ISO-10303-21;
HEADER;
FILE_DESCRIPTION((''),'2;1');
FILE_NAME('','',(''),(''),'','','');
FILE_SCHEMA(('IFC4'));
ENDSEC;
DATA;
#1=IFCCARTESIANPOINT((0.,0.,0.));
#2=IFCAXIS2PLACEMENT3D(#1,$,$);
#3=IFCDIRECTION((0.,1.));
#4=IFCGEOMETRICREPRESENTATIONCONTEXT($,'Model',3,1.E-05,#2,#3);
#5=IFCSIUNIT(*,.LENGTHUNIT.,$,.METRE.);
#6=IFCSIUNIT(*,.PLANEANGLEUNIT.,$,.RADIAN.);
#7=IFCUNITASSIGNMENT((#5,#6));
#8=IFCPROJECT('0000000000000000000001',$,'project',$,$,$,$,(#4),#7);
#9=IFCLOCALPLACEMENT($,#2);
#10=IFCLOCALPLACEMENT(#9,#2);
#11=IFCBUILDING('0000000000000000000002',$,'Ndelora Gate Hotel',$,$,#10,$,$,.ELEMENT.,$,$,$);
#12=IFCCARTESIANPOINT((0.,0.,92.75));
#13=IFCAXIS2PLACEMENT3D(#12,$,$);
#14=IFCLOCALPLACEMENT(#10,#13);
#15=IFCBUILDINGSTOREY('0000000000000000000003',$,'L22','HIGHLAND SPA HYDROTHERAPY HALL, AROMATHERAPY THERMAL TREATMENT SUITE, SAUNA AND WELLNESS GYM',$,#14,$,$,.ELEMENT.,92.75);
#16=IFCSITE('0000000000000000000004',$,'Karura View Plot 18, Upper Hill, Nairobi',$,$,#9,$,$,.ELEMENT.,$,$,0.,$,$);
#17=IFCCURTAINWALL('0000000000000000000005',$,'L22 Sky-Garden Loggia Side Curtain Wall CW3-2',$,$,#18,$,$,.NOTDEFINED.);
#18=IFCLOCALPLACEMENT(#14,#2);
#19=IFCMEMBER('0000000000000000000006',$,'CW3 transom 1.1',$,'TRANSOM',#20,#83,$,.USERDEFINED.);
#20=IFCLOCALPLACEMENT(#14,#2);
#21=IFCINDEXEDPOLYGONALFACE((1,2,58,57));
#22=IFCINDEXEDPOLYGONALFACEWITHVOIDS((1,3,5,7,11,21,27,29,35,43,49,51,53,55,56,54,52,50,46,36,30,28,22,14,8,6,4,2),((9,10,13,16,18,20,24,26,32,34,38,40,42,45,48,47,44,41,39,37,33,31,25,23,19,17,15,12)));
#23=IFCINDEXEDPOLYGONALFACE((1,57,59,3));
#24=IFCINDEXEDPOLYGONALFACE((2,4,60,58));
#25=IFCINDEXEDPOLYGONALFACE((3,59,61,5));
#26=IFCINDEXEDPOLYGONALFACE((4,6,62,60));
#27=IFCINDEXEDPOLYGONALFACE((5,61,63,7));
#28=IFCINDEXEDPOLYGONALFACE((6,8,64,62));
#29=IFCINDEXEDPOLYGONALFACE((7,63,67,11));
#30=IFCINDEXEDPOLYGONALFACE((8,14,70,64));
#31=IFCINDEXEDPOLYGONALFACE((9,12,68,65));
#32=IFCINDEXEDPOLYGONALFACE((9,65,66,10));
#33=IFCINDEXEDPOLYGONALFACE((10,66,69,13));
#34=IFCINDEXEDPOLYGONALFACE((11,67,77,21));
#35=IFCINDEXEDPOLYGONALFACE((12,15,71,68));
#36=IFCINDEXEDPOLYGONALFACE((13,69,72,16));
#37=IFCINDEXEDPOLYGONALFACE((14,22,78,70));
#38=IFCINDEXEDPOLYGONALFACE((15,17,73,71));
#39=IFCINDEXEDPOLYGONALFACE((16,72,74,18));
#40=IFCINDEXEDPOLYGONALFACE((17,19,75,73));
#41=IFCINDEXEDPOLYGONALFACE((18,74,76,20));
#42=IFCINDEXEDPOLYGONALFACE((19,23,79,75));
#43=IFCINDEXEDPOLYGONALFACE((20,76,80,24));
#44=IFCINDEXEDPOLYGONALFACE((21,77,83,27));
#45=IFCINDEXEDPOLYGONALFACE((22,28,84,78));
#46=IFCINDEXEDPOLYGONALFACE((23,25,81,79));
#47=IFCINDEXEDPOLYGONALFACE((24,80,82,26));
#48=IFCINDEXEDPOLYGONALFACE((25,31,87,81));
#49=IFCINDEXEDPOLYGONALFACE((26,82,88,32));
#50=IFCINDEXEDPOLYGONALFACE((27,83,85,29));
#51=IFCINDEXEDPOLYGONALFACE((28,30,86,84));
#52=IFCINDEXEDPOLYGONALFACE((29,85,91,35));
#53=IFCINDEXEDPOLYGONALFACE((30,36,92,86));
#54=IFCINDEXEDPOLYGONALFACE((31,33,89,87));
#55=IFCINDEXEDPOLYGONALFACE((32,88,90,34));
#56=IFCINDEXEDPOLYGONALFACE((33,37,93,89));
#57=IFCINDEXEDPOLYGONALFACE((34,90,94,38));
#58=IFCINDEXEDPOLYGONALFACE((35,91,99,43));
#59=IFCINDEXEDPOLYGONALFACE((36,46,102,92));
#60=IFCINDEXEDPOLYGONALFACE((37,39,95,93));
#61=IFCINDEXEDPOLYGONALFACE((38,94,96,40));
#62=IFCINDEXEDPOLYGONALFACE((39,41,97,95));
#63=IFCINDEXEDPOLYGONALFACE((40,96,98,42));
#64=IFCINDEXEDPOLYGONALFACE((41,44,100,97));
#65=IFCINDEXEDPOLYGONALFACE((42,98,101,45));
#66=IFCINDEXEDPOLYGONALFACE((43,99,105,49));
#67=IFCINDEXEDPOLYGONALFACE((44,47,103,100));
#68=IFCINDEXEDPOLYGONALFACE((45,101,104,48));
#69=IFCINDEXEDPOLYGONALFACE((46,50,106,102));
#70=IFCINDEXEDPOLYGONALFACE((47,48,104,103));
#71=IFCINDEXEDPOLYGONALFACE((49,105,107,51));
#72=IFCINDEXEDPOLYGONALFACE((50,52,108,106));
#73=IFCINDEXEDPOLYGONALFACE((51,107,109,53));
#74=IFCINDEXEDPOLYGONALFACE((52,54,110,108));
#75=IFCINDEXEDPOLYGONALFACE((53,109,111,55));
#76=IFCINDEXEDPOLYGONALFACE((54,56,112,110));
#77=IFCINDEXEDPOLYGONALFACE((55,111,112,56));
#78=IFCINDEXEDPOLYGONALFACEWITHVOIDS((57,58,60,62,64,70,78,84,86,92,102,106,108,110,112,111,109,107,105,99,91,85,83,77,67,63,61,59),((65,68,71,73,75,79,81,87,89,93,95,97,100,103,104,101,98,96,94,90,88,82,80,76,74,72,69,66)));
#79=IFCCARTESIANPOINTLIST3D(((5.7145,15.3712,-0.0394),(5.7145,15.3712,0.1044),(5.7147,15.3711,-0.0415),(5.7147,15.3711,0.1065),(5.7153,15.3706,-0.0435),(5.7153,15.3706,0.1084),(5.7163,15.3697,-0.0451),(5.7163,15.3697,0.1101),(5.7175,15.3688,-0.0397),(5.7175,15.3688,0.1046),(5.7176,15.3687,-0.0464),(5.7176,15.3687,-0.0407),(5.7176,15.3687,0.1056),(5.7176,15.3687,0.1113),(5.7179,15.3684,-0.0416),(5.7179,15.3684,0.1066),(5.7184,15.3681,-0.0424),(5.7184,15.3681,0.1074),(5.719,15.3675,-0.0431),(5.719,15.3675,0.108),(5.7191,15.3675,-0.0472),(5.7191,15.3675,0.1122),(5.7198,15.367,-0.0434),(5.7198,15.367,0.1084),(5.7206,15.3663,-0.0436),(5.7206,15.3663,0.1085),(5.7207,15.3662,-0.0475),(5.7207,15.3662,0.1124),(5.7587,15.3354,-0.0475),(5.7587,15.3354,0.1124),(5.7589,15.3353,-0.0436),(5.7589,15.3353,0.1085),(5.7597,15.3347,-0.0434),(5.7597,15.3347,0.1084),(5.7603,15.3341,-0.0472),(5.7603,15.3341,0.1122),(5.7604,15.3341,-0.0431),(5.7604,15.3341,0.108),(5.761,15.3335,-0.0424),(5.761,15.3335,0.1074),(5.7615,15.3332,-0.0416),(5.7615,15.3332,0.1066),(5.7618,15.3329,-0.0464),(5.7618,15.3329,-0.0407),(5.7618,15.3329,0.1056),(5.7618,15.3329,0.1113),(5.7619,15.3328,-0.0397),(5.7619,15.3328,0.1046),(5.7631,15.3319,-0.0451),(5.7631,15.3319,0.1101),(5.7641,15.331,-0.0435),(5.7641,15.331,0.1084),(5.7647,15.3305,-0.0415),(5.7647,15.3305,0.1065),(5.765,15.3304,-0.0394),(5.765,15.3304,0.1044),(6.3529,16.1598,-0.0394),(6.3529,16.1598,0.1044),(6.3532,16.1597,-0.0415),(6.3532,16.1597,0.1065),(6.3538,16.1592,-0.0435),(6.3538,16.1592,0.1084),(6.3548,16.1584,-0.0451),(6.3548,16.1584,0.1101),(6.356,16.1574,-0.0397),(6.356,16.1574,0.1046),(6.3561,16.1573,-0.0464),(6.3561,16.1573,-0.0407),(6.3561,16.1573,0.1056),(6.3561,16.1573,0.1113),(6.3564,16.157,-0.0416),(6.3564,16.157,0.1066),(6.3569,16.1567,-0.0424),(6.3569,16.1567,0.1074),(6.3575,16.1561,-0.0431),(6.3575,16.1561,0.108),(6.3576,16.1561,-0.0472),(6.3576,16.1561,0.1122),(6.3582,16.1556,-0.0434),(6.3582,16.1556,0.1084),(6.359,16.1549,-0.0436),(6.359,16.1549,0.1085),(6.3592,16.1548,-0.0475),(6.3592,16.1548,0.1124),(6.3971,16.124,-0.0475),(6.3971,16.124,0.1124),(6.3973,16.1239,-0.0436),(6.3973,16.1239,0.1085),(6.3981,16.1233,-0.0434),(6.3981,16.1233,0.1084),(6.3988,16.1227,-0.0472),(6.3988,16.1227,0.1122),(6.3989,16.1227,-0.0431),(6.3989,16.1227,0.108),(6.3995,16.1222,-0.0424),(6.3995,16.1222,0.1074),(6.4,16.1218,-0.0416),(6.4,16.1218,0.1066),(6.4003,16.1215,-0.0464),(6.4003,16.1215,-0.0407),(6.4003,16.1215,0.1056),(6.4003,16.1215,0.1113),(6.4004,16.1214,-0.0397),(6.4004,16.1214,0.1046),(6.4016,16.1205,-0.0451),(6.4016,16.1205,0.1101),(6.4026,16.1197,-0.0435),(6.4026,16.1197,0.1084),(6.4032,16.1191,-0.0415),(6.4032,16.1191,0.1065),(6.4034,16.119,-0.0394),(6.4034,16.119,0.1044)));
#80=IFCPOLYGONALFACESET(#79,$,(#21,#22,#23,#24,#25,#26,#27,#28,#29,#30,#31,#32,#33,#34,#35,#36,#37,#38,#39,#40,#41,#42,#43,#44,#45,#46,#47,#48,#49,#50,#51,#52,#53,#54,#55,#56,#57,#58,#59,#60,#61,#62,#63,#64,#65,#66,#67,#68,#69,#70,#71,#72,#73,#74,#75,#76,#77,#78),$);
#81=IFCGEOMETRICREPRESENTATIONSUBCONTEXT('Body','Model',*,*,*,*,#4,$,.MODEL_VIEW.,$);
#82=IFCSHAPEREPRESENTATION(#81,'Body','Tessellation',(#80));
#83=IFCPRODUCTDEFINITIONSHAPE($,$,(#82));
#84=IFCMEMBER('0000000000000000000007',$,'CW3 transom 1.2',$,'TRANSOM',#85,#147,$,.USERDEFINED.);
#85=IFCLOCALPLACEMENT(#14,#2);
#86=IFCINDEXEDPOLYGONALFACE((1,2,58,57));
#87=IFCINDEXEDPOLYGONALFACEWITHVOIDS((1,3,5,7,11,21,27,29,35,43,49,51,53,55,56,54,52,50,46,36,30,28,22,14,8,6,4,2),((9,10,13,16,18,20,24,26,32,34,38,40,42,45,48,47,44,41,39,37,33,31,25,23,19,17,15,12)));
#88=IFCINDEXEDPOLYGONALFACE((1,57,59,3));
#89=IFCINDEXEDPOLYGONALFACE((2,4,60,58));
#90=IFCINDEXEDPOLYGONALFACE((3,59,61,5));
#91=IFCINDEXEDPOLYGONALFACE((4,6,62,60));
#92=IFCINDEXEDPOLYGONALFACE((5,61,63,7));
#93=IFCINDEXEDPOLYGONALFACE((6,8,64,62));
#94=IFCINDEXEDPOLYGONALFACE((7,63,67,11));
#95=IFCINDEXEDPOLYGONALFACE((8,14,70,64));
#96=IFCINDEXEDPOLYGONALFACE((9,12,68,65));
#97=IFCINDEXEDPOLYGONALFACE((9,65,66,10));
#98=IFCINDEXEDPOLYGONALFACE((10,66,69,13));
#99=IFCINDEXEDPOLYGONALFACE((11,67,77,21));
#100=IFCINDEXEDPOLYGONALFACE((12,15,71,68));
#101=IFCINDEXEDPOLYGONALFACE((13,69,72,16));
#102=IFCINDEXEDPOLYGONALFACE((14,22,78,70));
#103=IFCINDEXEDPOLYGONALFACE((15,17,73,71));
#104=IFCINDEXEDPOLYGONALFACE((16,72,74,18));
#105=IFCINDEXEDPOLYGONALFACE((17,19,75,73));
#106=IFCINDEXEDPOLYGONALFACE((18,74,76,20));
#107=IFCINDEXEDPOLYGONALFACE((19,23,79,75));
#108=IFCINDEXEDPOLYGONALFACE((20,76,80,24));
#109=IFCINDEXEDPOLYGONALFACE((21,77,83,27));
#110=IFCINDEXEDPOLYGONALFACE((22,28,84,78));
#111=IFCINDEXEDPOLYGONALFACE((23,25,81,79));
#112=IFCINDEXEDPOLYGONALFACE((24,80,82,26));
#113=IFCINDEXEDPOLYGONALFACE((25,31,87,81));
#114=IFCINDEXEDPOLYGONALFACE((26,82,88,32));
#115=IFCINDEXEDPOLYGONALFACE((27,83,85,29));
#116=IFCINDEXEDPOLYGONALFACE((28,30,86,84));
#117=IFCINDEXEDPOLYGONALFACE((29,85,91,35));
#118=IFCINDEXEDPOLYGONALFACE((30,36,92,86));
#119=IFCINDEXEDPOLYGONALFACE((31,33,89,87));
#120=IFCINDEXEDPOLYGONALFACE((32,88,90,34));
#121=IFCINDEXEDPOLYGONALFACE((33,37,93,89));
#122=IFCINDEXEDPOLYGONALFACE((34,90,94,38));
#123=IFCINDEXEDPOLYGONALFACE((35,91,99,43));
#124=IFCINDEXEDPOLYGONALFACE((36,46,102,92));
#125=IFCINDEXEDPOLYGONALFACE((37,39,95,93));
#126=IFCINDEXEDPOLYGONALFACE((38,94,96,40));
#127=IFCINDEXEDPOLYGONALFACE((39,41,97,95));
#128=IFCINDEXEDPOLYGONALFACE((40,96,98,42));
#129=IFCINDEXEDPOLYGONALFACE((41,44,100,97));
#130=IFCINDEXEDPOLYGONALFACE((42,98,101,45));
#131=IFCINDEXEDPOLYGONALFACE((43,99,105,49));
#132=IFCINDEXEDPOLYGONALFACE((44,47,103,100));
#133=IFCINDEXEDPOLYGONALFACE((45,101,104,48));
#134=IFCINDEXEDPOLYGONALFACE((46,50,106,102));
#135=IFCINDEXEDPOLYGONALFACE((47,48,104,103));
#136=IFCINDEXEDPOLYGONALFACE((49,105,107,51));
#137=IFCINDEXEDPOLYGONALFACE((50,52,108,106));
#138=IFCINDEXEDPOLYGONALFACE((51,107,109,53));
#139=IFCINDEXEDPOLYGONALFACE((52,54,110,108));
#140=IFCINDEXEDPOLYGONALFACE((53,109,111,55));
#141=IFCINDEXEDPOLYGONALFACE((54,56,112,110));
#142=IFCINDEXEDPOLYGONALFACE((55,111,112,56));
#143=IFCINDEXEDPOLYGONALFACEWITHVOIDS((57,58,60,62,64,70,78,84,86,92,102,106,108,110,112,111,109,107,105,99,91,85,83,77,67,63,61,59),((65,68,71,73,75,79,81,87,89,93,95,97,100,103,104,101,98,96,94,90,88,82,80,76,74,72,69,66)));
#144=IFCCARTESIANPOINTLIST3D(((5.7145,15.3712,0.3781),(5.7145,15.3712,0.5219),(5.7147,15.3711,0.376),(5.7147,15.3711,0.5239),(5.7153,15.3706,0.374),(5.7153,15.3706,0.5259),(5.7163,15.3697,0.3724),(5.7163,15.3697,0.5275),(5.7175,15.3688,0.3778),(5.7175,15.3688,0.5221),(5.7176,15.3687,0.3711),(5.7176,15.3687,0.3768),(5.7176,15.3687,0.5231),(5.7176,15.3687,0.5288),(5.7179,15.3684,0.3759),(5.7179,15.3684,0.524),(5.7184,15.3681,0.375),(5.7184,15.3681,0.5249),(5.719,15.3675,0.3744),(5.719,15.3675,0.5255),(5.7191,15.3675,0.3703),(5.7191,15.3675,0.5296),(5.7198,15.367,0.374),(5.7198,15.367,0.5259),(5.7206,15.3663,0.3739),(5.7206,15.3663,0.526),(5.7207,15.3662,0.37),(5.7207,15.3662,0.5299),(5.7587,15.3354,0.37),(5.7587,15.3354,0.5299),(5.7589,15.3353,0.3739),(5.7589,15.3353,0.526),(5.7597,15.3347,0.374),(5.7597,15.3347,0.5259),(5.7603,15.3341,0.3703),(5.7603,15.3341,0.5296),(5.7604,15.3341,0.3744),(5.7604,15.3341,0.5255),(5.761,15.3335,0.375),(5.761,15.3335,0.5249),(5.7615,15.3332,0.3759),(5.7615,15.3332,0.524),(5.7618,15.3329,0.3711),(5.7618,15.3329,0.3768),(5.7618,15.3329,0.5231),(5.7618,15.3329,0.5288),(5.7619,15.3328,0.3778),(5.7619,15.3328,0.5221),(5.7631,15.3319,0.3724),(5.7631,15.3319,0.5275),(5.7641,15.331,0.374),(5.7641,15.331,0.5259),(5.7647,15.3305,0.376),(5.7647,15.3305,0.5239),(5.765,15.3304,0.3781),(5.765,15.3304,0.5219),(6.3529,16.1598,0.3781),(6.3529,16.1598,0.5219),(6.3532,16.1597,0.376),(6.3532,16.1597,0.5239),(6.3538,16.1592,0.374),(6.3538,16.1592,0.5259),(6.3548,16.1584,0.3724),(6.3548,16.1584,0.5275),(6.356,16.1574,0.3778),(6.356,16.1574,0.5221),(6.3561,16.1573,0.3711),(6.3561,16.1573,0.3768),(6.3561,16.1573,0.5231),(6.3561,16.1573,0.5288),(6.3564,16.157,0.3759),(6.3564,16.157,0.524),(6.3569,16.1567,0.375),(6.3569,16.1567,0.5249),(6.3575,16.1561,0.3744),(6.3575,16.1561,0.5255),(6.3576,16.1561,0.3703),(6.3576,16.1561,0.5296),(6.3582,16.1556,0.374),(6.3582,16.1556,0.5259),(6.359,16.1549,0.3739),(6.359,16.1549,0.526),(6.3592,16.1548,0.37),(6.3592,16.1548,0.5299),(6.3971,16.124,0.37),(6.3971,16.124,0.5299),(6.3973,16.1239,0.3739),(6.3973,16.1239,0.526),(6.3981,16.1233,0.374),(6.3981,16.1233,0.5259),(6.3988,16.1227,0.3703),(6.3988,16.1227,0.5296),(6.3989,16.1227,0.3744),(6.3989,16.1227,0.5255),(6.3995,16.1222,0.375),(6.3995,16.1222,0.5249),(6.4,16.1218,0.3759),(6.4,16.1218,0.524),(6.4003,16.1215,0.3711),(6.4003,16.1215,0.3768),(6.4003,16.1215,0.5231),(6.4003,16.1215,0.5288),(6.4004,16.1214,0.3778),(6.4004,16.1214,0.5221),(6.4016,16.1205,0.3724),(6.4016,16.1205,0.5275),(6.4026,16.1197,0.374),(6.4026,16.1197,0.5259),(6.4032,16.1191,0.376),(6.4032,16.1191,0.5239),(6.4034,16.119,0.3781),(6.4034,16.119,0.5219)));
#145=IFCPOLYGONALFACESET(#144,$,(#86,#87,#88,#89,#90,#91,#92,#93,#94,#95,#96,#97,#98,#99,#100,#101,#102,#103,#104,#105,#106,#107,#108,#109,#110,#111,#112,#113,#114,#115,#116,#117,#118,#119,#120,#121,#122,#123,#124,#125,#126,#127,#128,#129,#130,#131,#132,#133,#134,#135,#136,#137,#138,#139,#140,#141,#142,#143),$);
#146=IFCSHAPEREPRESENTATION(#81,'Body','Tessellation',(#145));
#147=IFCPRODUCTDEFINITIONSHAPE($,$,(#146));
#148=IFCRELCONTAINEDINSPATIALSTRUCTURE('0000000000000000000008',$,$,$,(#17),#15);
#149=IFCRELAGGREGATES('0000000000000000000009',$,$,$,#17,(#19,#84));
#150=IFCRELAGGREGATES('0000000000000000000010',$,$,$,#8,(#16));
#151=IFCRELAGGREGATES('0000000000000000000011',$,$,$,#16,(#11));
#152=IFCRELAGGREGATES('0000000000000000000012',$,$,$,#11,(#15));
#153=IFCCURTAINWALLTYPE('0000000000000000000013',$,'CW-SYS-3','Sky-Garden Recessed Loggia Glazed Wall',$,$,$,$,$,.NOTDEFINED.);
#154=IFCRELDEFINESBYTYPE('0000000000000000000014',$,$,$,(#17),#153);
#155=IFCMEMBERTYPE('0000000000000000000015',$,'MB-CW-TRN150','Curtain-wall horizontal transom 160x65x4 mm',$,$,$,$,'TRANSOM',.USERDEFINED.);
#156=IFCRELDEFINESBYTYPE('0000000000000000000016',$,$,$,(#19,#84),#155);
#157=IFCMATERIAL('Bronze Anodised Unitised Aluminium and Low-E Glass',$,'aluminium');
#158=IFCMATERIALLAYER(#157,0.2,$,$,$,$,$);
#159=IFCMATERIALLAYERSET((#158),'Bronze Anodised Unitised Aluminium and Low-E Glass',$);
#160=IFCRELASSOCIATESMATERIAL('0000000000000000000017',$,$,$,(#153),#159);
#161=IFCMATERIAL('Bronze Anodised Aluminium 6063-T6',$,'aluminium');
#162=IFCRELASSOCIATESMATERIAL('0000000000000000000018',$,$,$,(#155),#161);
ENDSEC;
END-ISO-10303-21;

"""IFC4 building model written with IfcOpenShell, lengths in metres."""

from ifc_helpers import new_model, si_unit, direction, frame, origin, origin_2d, place, context, subcontext, project, spatial, hollow_rectangle, extrude, material, layer, layer_set, material_profile, profile_set, type_object, element, aggregate, save


model = new_model("IFC4")

# Units and contexts
model_context = context("Model", 3, precision=1e-05, world=origin(), true_north=direction((0.0, 1.0)))
body_context = subcontext(model_context, "Body", "Model", "MODEL_VIEW")
ifc_project = project(units=[si_unit("LENGTHUNIT", "METRE"), si_unit("PLANEANGLEUNIT", "RADIAN")], contexts=[model_context])

# Site, building, storey
site_placement = place(None, origin())
site = spatial("IfcSite", under=ifc_project, at=site_placement, Name="Karura View Plot 18, Upper Hill, Nairobi", CompositionType="ELEMENT", RefElevation=0.0)
building_placement = place(site_placement, origin())
building = spatial("IfcBuilding", under=site, at=building_placement, Name="Ndelora Gate Hotel", CompositionType="ELEMENT")
storey_placement = place(building_placement, frame((0.0, 0.0, 92.75)))
storey = spatial("IfcBuildingStorey", under=building, at=storey_placement, Name="L22", Description="HIGHLAND SPA HYDROTHERAPY HALL, AROMATHERAPY THERMAL TREATMENT SUITE, SAUNA AND WELLNESS GYM", CompositionType="ELEMENT", Elevation=92.75)

# Curtain wall, members
ifc_material_1 = material(Name="Bronze Anodised Unitised Aluminium and Low-E Glass", Category="aluminium")
ifc_layer_1 = layer(ifc_material_1, 0.2)
ifc_layer_set_1 = layer_set([ifc_layer_1], Name="Bronze Anodised Unitised Aluminium and Low-E Glass")
curtain_wall_type = type_object("IfcCurtainWallType", Name="CW-SYS-3", Description="Sky-Garden Recessed Loggia Glazed Wall", PredefinedType="NOTDEFINED", material=ifc_layer_set_1)
curtain_wall_placement = place(storey_placement, origin())
curtain_wall = element("IfcCurtainWall", 1, at=curtain_wall_placement, inside=storey, type_object=curtain_wall_type, Name="L22 Sky-Garden Loggia Side Curtain Wall CW3-2", PredefinedType="NOTDEFINED")
ifc_material_2 = material(Name="Bronze Anodised Aluminium 6063-T6", Category="aluminium")
ifc_material_profile_1 = material_profile(ifc_material_2, hollow_rectangle(XDim=0.0649, YDim=0.1599, WallThickness=0.0039, InnerFilletRadius=0.0039, OuterFilletRadius=0.0081, at=origin_2d()), Name="ALU 160x65x4")
ifc_profile_set_1 = profile_set([ifc_material_profile_1], Name="Bronze Anodised Aluminium 6063-T6")
member_type_1 = type_object("IfcMemberType", Name="MB-CW-TRN150", Description="Curtain-wall horizontal transom 160x65x4 mm", ElementType="TRANSOM", PredefinedType="USERDEFINED", material=ifc_profile_set_1)
member_1_placement = place(storey_placement, frame((6.3782, 16.1394, 0.0325), z_axis=(-0.629233, -0.777217, 0.0), x_axis=(0.777217, -0.629233, 0.0)))
member_1 = element("IfcMember", 2, at=member_1_placement, type_object=member_type_1, Name="CW3 transom 1.1", ObjectType="TRANSOM", PredefinedType="USERDEFINED", context=body_context, shape_type="SweptSolid", body=[
    extrude(hollow_rectangle(XDim=0.0649, YDim=0.1599, WallThickness=0.0039, InnerFilletRadius=0.0039, OuterFilletRadius=0.0081, at=origin_2d()), origin(), (0.0, 0.0, 1.0), 1.0146),
])
member_2_placement = place(storey_placement, frame((6.3782, 16.1394, 0.45), z_axis=(-0.629233, -0.777217, 0.0), x_axis=(0.777217, -0.629233, 0.0)))
member_2 = element("IfcMember", 3, at=member_2_placement, type_object=member_type_1, Name="CW3 transom 1.2", ObjectType="TRANSOM", PredefinedType="USERDEFINED", context=body_context, shape_type="SweptSolid", body=[
    extrude(hollow_rectangle(XDim=0.0649, YDim=0.1599, WallThickness=0.0039, InnerFilletRadius=0.0039, OuterFilletRadius=0.0081, at=origin_2d()), origin(), (0.0, 0.0, 1.0), 1.0146),
])
aggregate(curtain_wall, [member_1, member_2])

save(model, "model.ifc")
